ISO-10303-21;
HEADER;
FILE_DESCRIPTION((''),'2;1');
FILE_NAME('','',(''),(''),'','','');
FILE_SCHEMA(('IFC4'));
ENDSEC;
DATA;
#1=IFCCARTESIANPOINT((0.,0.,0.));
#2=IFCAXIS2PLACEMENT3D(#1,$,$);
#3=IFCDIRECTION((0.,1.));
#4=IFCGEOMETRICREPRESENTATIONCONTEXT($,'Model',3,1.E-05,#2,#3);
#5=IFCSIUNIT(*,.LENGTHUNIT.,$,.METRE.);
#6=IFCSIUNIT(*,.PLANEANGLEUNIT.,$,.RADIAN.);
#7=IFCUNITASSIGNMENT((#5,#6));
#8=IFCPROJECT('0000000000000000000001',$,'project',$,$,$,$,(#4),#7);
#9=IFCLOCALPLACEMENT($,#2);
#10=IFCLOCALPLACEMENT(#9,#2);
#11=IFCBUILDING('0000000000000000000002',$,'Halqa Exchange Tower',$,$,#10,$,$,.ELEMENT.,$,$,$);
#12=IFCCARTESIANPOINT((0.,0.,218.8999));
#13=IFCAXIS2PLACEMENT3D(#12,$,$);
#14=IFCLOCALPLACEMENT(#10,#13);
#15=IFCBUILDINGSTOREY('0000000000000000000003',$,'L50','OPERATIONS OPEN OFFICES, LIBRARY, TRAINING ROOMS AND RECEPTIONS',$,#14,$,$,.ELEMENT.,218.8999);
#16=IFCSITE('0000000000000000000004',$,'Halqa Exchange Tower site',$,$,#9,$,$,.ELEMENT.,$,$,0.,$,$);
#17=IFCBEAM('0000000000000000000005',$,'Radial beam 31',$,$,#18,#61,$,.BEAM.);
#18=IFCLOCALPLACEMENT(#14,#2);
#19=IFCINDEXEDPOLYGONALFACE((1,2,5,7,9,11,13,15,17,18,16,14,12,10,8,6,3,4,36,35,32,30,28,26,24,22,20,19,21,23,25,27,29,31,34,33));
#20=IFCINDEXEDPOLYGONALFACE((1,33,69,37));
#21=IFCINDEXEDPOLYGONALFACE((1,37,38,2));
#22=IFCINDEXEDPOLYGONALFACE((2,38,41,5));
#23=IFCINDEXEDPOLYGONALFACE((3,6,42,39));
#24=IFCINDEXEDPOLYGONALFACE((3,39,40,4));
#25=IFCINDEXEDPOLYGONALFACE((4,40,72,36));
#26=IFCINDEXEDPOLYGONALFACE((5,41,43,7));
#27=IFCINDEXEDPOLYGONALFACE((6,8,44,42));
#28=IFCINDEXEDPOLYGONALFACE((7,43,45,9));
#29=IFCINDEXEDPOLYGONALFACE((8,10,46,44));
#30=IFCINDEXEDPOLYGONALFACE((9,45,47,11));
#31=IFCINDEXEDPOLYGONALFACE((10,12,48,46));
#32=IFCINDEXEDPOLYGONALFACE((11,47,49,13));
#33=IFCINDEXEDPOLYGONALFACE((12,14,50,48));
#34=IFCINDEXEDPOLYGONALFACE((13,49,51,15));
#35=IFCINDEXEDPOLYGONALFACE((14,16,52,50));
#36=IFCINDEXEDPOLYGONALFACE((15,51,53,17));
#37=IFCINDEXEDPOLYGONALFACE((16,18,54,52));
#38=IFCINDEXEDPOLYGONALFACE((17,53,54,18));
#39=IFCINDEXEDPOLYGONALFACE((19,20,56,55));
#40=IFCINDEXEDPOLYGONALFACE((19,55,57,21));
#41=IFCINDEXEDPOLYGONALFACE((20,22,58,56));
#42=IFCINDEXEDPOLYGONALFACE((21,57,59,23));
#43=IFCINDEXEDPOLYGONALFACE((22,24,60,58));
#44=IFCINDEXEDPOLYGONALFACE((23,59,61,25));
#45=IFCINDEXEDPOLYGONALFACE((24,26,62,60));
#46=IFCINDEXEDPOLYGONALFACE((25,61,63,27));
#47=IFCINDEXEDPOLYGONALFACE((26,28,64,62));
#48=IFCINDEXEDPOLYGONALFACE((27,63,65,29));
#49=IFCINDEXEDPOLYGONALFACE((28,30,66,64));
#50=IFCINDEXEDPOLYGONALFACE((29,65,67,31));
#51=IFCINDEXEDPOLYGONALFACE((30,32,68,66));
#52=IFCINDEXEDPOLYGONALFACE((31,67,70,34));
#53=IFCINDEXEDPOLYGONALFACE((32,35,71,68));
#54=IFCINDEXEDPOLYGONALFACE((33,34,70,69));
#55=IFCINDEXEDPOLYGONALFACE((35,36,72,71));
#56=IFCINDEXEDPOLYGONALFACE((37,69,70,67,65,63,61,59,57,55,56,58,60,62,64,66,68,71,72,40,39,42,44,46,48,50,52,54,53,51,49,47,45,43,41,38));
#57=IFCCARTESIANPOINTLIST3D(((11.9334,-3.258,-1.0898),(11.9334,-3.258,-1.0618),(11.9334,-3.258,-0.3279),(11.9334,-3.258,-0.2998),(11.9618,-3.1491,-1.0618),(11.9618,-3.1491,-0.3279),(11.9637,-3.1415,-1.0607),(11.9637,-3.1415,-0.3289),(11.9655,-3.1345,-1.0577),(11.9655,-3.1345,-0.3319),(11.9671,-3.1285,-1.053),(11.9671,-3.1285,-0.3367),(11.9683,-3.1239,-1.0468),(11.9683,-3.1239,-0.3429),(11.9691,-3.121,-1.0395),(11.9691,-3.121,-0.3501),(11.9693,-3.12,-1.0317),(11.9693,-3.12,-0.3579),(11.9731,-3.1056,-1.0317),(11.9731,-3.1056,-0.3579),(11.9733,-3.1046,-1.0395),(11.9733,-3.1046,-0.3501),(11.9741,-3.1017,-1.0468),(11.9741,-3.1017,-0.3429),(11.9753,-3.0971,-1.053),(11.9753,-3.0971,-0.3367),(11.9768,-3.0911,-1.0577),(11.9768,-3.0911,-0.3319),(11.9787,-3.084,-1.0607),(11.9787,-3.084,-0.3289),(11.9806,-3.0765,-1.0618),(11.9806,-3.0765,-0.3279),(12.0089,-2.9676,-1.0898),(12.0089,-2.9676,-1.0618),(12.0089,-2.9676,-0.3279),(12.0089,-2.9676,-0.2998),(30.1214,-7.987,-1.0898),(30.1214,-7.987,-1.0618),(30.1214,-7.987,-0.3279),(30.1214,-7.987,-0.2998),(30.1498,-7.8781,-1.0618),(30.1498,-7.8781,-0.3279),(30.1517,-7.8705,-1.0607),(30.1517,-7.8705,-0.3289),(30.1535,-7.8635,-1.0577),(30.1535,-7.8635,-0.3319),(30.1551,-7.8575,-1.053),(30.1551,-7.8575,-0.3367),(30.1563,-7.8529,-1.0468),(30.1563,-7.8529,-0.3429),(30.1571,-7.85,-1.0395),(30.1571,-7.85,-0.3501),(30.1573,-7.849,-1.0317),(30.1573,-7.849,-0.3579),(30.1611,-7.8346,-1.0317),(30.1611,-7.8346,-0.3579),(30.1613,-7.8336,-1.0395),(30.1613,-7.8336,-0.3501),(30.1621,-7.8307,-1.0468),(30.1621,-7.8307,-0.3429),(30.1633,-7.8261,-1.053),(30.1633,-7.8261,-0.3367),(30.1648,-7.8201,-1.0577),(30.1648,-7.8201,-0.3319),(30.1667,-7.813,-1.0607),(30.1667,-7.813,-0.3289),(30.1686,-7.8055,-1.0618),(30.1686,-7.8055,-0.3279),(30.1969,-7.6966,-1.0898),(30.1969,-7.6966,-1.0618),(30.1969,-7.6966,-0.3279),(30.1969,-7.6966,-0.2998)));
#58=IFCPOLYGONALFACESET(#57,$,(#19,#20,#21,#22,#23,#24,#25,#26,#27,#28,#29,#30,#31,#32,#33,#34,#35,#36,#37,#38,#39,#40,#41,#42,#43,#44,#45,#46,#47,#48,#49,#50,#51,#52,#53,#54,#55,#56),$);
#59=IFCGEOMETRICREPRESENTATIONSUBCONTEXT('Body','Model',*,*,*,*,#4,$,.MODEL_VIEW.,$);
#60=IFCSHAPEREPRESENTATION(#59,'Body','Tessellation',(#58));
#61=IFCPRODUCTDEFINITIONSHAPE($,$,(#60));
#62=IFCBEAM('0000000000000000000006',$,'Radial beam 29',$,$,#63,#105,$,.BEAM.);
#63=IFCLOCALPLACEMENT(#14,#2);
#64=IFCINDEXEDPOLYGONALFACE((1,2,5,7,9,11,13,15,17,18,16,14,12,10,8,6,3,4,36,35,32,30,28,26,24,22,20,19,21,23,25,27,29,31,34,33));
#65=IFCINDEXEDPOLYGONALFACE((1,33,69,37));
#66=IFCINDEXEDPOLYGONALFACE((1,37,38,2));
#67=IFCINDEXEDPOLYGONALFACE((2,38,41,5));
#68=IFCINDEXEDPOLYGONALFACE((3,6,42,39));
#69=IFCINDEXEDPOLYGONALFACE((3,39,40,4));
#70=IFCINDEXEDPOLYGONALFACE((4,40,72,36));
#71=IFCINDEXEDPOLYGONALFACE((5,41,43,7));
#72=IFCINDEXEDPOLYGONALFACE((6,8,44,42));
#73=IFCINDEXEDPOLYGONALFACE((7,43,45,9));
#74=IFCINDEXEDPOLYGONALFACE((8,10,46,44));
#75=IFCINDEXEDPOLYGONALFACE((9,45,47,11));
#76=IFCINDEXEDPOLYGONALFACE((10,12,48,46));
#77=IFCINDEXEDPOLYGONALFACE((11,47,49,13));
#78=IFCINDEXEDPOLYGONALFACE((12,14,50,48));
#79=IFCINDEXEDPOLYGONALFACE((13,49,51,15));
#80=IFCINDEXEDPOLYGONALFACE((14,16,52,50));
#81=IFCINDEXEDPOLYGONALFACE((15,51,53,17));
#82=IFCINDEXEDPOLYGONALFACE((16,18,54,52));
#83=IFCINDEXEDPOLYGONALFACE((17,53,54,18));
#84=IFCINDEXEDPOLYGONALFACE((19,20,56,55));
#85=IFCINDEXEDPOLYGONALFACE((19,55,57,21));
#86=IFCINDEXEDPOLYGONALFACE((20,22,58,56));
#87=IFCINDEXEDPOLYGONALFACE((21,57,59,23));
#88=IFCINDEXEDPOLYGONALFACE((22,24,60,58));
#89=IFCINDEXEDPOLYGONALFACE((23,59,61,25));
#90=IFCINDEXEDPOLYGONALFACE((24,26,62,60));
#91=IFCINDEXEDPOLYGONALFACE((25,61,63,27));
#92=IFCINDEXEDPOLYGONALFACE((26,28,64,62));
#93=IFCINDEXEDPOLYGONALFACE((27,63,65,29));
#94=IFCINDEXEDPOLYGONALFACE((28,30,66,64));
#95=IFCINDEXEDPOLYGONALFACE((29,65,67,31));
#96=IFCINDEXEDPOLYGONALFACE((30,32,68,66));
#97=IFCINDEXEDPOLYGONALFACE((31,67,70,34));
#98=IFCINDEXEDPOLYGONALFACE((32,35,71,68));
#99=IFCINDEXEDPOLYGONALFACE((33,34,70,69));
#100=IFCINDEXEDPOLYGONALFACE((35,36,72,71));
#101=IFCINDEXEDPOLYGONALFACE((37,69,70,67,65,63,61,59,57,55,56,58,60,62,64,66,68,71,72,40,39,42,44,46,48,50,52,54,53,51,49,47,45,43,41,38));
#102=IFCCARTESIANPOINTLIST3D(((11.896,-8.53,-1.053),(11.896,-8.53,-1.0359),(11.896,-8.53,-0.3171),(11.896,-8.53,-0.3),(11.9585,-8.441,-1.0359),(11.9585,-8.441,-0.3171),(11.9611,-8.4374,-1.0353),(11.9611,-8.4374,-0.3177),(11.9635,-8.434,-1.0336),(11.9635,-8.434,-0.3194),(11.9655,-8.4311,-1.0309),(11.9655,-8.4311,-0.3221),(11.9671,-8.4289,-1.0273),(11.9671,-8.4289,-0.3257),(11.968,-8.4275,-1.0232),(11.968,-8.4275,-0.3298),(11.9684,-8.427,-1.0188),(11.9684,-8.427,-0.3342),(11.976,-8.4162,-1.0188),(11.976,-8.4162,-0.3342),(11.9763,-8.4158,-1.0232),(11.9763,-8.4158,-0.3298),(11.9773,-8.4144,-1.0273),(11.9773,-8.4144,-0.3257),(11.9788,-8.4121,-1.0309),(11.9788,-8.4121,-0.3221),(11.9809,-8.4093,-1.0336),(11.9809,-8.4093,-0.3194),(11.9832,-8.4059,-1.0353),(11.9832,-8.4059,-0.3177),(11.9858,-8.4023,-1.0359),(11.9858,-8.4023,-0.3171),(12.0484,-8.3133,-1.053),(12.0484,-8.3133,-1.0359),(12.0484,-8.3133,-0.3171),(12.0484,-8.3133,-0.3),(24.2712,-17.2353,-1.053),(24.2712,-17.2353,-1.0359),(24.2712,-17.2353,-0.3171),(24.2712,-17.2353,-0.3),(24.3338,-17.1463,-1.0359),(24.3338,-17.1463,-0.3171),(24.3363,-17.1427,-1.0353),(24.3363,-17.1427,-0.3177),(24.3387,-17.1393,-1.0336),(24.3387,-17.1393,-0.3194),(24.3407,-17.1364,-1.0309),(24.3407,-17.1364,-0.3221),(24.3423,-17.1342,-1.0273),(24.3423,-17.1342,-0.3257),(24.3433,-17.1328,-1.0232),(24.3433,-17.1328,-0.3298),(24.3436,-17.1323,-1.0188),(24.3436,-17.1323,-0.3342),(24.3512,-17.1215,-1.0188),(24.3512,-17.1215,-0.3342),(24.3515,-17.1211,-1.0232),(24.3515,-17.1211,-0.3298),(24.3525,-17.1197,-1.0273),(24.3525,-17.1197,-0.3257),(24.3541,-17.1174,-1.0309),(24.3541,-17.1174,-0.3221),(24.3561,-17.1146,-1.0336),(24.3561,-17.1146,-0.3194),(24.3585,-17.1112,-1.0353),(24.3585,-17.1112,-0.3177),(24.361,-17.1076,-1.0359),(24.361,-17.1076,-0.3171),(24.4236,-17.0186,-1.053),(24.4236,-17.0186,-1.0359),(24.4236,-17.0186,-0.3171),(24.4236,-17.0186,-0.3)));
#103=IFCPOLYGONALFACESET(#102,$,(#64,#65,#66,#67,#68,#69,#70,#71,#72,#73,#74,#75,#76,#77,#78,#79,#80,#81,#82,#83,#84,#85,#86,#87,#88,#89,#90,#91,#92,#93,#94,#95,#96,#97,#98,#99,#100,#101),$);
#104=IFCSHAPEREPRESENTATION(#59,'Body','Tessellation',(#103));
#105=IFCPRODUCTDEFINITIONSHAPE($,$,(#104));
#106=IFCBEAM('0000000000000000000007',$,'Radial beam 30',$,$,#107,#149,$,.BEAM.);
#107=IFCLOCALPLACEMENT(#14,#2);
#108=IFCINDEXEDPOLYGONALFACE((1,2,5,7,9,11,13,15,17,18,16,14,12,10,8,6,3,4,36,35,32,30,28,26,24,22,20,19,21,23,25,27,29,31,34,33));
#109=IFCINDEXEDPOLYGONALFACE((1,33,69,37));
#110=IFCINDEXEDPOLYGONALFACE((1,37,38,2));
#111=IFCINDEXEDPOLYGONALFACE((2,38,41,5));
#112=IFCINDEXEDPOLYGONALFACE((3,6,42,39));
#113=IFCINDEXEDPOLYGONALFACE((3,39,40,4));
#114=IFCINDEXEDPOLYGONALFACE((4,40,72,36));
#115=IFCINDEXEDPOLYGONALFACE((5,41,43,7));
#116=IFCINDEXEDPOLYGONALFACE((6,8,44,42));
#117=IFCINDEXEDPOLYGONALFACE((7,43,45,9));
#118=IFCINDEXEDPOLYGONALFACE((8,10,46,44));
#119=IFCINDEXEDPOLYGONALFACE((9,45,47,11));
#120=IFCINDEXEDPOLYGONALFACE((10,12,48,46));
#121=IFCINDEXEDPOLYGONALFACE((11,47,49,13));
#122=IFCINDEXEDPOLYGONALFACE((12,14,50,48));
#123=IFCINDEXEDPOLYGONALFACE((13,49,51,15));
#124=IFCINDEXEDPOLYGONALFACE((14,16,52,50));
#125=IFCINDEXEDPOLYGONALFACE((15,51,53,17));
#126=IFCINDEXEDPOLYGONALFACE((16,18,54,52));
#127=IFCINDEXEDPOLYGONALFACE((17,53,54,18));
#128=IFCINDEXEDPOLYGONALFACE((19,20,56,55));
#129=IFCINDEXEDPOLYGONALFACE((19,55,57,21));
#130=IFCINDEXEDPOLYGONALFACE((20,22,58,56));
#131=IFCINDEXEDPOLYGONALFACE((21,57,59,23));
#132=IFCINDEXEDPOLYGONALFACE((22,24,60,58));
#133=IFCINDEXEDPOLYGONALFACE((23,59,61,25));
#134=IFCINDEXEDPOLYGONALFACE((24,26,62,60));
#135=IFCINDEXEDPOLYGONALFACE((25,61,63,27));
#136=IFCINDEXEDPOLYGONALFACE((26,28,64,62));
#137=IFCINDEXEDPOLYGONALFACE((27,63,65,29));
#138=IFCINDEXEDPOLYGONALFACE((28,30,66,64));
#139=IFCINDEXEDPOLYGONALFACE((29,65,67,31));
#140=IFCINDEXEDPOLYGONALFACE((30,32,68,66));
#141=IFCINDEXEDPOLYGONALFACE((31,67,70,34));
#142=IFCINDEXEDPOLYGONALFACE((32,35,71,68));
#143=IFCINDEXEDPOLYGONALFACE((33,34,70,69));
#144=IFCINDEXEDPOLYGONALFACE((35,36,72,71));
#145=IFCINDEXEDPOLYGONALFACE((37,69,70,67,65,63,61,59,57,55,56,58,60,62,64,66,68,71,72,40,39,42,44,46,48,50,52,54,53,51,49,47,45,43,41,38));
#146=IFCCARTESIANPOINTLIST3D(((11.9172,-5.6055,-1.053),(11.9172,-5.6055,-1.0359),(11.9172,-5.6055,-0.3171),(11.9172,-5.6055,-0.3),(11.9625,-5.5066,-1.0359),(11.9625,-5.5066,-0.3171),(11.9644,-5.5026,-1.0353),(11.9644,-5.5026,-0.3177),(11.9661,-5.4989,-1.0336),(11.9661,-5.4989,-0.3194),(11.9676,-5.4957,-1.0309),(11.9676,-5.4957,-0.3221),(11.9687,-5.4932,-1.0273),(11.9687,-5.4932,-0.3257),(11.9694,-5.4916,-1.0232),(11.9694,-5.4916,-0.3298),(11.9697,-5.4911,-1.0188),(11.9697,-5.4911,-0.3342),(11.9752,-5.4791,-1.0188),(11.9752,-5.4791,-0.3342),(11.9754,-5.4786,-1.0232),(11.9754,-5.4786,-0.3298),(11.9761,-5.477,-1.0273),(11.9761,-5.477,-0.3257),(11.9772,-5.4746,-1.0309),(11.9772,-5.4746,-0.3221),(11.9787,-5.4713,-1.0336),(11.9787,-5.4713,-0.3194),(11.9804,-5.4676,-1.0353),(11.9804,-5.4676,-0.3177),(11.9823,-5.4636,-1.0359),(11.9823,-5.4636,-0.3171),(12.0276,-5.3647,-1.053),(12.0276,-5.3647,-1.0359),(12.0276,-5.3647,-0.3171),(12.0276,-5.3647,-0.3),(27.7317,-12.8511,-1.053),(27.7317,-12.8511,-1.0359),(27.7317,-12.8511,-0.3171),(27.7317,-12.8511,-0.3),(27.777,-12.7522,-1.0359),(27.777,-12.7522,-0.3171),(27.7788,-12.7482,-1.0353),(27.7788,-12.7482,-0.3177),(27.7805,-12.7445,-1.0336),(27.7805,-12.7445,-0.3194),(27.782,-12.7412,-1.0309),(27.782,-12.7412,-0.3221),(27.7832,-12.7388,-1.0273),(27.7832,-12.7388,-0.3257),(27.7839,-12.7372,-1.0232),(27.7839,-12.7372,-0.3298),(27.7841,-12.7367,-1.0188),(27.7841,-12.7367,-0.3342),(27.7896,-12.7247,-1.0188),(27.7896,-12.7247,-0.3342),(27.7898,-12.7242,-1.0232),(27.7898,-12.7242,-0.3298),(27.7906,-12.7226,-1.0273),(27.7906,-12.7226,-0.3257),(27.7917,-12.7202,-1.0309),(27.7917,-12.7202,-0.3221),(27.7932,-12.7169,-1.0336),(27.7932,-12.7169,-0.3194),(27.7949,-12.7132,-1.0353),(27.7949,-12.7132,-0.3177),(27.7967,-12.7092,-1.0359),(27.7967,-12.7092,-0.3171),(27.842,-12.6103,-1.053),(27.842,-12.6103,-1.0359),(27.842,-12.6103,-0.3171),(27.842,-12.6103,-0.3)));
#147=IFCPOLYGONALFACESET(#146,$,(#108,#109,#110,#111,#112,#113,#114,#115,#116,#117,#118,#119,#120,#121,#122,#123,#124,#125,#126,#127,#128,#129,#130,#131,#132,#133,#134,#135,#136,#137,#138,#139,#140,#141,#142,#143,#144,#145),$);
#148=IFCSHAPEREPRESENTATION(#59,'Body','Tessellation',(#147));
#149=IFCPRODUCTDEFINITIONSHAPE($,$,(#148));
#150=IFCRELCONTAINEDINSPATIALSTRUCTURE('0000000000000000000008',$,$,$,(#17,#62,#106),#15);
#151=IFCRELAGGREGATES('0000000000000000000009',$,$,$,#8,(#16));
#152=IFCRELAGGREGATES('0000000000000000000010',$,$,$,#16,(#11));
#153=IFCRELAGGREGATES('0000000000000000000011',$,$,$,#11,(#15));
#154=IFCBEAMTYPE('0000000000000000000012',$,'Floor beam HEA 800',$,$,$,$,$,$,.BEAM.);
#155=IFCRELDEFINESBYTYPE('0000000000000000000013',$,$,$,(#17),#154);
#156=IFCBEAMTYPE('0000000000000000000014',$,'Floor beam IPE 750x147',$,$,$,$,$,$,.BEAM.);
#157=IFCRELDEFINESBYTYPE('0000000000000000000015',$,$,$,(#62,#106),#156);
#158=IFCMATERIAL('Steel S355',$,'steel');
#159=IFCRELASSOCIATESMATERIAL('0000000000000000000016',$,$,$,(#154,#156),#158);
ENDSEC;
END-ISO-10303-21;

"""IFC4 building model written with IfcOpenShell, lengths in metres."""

from ifc_helpers import new_model, si_unit, direction, frame, origin, origin_2d, place, context, subcontext, project, spatial, i_section, extrude, material, material_profile, profile_set, type_object, element, save


model = new_model("IFC4")

# Units and contexts
model_context = context("Model", 3, precision=1e-05, world=origin(), true_north=direction((0.0, 1.0)))
body_context = subcontext(model_context, "Body", "Model", "MODEL_VIEW")
ifc_project = project(units=[si_unit("LENGTHUNIT", "METRE"), si_unit("PLANEANGLEUNIT", "RADIAN")], contexts=[model_context])

# Site, building, storey
site_placement = place(None, origin())
site = spatial("IfcSite", under=ifc_project, at=site_placement, Name="Halqa Exchange Tower site", CompositionType="ELEMENT", RefElevation=0.0)
building_placement = place(site_placement, origin())
building = spatial("IfcBuilding", under=site, at=building_placement, Name="Halqa Exchange Tower", CompositionType="ELEMENT")
storey_placement = place(building_placement, frame((0.0, 0.0, 218.8999)))
storey = spatial("IfcBuildingStorey", under=building, at=storey_placement, Name="L50", Description="OPERATIONS OPEN OFFICES, LIBRARY, TRAINING ROOMS AND RECEPTIONS", CompositionType="ELEMENT", Elevation=218.8999)

# Beams
ifc_material_1 = material(Name="Steel S355", Category="steel")
ifc_material_profile_1 = material_profile(ifc_material_1, i_section(OverallWidth=0.3, OverallDepth=0.79, WebThickness=0.0149, FlangeThickness=0.0281, FilletRadius=0.03, at=origin_2d()), Name="HEA 800")
ifc_profile_set_1 = profile_set([ifc_material_profile_1], Name="Steel S355")
beam_type_1 = type_object("IfcBeamType", Name="Floor beam HEA 800", PredefinedType="BEAM", material=ifc_profile_set_1)
beam_1_placement = place(storey_placement, frame((11.9712, -3.1128, -0.6948), z_axis=(0.967821, -0.25164, 0.0), x_axis=(0.25164, 0.967821, 0.0)))
element("IfcBeam", 1, at=beam_1_placement, inside=storey, type_object=beam_type_1, Name="Radial beam 31", PredefinedType="BEAM", context=body_context, shape_type="SweptSolid", body=[
    extrude(i_section(OverallWidth=0.3, OverallDepth=0.79, WebThickness=0.0149, FlangeThickness=0.0281, FilletRadius=0.03, at=origin_2d()), origin(), (0.0, 0.0, 1.0), 18.7927),
])
ifc_material_profile_2 = material_profile(ifc_material_1, i_section(OverallWidth=0.2649, OverallDepth=0.7529, WebThickness=0.0132, FlangeThickness=0.0171, FilletRadius=0.0171, at=origin_2d()), Name="IPE 750x147")
ifc_profile_set_2 = profile_set([ifc_material_profile_2], Name="Steel S355")
beam_type_2 = type_object("IfcBeamType", Name="Floor beam IPE 750x147", PredefinedType="BEAM", material=ifc_profile_set_2)
beam_2_placement = place(storey_placement, frame((11.9722, -8.4216, -0.6765), z_axis=(0.817905, -0.575353, 0.0), x_axis=(0.575353, 0.817905, 0.0)))
element("IfcBeam", 2, at=beam_2_placement, inside=storey, type_object=beam_type_2, Name="Radial beam 29", PredefinedType="BEAM", context=body_context, shape_type="SweptSolid", body=[
    extrude(i_section(OverallWidth=0.2649, OverallDepth=0.7529, WebThickness=0.0132, FlangeThickness=0.0171, FilletRadius=0.0171, at=origin_2d()), origin(), (0.0, 0.0, 1.0), 15.1304),
])
beam_3_placement = place(storey_placement, frame((11.9724, -5.4851, -0.6765), z_axis=(0.909123, -0.416527, 0.0), x_axis=(0.416527, 0.909123, 0.0)))
element("IfcBeam", 3, at=beam_3_placement, inside=storey, type_object=beam_type_2, Name="Radial beam 30", PredefinedType="BEAM", context=body_context, shape_type="SweptSolid", body=[
    extrude(i_section(OverallWidth=0.2649, OverallDepth=0.7529, WebThickness=0.0132, FlangeThickness=0.0171, FilletRadius=0.0171, at=origin_2d()), origin(), (0.0, 0.0, 1.0), 17.3953),
])

save(model, "model.ifc")
